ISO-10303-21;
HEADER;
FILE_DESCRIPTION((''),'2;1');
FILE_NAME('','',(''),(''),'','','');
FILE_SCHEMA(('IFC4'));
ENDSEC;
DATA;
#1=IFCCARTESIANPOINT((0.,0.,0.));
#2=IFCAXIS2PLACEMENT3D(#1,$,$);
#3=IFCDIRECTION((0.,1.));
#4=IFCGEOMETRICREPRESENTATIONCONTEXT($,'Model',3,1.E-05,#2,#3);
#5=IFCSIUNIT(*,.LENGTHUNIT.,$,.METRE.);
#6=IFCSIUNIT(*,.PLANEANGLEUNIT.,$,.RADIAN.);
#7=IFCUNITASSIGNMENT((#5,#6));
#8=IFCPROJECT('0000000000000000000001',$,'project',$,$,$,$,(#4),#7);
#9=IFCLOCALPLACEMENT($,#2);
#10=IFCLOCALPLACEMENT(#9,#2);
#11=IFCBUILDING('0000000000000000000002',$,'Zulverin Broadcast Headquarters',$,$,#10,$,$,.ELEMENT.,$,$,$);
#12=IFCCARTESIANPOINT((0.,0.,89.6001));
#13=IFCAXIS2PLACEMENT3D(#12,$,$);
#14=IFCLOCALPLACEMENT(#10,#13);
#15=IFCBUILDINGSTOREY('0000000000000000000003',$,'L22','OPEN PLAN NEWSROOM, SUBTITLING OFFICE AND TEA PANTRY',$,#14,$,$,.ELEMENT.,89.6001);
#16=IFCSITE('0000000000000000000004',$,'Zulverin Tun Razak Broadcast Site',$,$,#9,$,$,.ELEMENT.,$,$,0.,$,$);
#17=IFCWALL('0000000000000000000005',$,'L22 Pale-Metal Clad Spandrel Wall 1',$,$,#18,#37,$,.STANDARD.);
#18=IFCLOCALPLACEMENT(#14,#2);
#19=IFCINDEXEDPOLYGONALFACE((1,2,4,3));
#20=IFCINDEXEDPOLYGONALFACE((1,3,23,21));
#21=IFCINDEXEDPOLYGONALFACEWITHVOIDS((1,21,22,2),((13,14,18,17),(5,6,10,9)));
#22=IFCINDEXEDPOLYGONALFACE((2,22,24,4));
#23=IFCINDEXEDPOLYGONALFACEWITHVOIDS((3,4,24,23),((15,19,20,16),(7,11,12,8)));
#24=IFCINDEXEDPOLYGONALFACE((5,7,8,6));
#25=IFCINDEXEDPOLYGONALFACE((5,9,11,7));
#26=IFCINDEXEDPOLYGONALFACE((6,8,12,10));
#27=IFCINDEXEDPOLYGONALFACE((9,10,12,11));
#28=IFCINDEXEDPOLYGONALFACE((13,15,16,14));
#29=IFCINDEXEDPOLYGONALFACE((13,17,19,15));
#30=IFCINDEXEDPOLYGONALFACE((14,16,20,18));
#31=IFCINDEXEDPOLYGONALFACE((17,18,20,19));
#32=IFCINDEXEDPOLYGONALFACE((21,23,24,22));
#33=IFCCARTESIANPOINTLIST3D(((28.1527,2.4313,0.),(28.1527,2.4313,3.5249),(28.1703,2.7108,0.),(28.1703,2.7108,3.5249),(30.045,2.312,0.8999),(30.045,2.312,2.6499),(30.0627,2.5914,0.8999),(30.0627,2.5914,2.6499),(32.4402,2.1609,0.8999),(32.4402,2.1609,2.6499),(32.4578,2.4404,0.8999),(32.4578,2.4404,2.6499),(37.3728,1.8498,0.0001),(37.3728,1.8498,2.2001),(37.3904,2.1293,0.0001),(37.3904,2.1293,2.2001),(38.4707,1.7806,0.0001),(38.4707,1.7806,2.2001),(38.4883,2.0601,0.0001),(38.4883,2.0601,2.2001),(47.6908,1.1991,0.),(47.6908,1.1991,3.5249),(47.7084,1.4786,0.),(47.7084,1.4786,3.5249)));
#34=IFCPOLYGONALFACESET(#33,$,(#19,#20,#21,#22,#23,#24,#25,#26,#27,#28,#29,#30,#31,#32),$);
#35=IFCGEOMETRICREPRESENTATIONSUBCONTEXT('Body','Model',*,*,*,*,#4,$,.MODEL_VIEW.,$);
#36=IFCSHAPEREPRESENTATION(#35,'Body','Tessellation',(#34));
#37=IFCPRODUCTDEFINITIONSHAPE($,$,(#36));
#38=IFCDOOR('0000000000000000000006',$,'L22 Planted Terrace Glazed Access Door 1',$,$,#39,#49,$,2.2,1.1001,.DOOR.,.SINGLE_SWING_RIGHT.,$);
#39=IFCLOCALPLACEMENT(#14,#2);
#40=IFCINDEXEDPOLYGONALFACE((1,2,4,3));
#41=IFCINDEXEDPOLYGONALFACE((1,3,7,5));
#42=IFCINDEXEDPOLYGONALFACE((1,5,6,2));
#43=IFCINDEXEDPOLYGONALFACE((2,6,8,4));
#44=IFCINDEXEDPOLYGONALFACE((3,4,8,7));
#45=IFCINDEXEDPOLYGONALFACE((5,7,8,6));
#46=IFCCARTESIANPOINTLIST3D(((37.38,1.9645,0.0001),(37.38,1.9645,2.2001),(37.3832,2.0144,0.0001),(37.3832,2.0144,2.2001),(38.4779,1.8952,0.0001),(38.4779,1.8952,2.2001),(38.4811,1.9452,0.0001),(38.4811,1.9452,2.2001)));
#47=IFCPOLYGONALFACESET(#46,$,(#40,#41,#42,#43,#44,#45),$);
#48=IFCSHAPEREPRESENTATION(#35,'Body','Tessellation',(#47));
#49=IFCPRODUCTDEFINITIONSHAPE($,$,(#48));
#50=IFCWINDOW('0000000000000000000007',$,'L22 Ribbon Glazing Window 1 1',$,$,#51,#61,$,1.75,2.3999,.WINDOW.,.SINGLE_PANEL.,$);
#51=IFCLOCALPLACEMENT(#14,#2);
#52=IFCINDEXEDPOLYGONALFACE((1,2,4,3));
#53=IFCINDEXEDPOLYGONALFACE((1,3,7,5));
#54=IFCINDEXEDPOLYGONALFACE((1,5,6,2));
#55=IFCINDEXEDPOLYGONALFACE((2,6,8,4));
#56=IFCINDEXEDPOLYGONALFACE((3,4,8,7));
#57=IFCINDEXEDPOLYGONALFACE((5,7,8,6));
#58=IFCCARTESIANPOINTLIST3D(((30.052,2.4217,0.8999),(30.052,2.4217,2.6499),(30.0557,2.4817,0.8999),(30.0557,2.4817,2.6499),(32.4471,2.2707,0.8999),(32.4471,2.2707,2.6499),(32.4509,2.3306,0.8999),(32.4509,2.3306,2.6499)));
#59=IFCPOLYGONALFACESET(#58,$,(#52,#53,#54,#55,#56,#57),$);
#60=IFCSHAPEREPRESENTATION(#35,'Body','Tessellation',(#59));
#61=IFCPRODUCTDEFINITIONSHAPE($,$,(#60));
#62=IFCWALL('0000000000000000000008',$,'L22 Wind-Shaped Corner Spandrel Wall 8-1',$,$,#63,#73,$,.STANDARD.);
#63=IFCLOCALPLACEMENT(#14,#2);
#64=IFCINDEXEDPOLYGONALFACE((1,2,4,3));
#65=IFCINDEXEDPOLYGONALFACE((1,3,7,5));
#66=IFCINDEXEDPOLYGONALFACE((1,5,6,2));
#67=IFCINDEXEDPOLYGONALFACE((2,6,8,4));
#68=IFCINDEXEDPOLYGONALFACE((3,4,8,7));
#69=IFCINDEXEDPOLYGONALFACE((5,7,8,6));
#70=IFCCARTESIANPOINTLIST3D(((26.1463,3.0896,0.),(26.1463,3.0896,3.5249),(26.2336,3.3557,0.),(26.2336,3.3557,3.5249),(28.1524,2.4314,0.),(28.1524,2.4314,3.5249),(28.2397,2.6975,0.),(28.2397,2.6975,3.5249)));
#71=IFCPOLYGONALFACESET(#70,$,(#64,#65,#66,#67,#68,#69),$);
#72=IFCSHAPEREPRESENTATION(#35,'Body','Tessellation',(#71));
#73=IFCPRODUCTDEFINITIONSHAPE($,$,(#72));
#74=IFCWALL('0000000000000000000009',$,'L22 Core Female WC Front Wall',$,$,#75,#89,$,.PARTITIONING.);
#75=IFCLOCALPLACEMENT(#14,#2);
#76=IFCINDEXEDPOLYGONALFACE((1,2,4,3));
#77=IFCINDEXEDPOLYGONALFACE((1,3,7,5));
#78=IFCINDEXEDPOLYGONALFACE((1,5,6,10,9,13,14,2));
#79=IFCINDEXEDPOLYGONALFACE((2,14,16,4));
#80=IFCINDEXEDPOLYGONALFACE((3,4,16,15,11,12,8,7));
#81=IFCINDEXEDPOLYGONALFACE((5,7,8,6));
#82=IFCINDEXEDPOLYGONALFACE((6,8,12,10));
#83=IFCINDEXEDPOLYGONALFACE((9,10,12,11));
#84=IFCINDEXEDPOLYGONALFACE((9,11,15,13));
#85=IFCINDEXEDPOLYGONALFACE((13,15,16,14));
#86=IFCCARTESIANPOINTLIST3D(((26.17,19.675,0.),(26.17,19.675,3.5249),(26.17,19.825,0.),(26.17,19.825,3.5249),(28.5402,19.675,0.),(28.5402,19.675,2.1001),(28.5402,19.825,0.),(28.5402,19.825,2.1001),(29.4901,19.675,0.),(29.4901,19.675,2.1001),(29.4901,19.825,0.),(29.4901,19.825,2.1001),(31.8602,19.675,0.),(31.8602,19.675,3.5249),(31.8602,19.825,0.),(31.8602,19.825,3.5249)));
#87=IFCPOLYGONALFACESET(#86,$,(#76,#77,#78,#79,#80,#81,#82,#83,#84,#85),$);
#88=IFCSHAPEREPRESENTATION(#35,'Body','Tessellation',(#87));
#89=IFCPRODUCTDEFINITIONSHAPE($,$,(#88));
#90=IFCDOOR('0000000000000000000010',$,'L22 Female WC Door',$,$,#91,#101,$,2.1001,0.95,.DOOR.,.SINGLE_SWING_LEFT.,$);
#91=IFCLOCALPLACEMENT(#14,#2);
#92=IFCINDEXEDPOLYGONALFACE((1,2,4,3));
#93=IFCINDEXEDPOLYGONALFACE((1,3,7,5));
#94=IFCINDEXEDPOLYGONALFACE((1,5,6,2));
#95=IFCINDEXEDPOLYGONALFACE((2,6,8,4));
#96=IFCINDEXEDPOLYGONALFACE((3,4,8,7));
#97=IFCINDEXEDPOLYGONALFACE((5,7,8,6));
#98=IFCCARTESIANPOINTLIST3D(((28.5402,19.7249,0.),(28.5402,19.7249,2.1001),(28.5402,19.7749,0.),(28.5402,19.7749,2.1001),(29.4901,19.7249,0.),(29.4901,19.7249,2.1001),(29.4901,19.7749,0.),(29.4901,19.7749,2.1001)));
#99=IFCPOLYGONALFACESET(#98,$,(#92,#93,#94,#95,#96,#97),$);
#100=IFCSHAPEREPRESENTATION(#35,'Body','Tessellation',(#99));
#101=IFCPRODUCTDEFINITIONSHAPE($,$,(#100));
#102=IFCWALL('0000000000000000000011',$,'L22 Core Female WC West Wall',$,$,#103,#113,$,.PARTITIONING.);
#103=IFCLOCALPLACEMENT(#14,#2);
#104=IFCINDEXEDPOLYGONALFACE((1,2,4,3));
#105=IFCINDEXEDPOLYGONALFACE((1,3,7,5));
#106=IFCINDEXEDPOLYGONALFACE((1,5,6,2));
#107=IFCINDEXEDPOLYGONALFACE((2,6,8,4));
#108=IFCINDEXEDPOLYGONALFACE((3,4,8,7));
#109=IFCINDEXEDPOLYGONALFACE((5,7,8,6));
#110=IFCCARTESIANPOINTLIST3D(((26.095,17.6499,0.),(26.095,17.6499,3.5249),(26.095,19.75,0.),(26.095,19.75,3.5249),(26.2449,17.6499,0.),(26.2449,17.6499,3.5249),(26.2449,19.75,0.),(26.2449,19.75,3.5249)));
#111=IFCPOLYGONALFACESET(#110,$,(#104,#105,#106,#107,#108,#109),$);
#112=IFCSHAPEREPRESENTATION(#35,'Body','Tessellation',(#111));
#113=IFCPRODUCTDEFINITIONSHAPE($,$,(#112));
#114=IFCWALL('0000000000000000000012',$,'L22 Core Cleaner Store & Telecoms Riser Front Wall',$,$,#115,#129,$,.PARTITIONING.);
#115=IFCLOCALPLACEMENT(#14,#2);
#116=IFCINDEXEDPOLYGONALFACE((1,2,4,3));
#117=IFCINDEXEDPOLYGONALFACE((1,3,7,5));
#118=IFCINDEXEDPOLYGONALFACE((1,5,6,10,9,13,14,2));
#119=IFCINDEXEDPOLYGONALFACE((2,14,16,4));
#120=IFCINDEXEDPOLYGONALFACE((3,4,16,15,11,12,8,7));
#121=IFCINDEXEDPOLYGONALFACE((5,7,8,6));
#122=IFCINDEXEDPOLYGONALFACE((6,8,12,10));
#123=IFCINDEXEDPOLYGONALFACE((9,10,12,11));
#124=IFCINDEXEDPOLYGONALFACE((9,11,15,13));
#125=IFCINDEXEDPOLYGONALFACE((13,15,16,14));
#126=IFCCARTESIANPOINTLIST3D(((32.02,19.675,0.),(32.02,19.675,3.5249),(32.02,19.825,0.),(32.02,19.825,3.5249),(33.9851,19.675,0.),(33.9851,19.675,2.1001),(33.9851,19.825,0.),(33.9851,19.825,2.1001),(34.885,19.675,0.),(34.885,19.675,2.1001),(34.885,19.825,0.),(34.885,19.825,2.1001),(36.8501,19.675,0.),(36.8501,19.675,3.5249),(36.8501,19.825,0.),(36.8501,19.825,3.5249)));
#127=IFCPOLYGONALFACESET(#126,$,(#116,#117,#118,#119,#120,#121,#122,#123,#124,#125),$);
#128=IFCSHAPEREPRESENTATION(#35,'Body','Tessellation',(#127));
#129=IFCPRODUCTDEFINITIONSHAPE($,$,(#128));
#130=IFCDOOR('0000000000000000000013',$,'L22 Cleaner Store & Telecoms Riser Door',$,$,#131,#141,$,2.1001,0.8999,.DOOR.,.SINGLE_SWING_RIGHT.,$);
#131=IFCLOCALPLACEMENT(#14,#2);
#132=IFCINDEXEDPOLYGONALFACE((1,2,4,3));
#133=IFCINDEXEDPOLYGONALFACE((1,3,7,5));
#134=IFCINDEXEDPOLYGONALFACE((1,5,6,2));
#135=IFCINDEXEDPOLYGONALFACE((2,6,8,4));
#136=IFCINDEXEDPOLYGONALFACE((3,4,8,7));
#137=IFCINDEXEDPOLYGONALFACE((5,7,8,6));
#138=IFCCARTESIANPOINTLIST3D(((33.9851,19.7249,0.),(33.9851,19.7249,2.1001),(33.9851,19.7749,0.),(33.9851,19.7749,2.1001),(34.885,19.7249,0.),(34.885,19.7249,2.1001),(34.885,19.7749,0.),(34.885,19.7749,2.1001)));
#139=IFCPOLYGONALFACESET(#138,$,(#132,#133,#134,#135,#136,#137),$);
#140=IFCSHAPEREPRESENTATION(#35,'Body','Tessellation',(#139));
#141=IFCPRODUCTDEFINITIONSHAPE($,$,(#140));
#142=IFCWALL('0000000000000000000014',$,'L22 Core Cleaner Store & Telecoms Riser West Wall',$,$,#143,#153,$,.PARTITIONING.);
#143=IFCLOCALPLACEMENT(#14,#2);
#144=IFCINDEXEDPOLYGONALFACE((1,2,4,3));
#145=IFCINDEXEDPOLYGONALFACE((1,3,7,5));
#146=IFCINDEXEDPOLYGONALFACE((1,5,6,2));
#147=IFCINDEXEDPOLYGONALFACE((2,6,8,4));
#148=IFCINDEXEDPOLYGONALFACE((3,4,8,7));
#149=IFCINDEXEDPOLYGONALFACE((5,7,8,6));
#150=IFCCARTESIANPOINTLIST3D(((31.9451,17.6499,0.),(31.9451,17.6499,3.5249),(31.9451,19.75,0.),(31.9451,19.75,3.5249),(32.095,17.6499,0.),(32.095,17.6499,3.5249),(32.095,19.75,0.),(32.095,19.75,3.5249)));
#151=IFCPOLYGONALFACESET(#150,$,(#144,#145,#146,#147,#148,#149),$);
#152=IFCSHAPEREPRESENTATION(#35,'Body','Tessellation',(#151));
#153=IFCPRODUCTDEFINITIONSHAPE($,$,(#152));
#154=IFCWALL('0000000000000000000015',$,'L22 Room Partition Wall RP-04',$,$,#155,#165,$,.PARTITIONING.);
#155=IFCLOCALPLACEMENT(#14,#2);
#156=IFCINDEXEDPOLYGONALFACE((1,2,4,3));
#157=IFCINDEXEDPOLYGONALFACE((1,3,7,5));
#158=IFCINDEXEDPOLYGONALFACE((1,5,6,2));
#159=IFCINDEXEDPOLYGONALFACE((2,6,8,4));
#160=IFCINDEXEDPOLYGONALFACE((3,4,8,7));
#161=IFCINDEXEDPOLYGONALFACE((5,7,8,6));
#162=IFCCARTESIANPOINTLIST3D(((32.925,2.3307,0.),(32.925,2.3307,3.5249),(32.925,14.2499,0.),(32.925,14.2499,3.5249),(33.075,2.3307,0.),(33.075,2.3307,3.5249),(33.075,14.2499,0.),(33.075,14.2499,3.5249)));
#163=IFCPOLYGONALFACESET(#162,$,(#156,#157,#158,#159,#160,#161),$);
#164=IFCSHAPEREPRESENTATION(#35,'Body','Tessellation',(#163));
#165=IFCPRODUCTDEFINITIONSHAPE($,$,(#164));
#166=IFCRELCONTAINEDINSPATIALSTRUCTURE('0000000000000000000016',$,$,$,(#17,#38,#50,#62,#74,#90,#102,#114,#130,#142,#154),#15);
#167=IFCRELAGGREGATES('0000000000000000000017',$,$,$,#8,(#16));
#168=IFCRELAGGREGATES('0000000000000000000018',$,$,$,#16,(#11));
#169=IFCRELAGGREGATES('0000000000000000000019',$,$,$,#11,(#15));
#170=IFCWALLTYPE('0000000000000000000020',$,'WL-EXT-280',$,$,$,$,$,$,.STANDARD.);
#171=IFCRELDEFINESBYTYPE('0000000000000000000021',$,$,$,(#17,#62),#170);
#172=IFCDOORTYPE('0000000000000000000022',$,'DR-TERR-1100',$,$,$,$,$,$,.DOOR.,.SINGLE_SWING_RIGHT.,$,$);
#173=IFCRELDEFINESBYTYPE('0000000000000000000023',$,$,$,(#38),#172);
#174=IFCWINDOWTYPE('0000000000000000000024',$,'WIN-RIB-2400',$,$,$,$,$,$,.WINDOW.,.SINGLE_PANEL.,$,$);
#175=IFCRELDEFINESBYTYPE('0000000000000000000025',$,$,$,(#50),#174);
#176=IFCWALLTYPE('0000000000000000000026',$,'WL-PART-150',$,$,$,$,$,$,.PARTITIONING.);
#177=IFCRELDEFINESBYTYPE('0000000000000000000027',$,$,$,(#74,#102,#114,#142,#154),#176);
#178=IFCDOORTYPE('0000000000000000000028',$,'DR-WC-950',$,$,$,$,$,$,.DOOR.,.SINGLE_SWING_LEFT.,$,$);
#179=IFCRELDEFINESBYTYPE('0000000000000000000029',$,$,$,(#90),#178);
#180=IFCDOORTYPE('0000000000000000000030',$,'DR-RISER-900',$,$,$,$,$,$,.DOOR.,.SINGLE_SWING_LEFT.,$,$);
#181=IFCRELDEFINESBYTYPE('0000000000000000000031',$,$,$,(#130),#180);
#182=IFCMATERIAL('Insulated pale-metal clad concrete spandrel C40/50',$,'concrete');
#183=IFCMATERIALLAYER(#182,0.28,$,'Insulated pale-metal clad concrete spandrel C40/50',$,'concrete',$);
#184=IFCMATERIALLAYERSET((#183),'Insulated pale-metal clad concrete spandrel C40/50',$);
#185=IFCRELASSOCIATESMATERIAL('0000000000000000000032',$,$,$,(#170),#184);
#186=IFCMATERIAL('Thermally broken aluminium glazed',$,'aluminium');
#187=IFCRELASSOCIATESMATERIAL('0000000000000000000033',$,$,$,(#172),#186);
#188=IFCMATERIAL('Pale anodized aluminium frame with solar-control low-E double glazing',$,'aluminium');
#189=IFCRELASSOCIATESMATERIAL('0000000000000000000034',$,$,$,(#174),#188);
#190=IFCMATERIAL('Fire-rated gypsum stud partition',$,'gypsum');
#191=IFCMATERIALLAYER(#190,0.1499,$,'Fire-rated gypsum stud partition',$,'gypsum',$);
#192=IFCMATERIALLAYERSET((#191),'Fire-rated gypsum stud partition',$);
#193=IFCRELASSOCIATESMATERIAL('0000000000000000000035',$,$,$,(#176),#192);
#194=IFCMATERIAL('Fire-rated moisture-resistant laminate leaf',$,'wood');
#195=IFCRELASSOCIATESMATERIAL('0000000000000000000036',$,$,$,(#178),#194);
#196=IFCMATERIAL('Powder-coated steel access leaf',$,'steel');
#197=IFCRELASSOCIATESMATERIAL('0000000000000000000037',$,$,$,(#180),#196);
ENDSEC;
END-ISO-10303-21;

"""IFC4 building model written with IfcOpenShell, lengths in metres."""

from ifc_helpers import new_model, si_unit, direction, frame, frame_2d, origin, place, context, subcontext, project, spatial, rectangle, extrude, material, layer, layer_set, type_object, element, fill, save


model = new_model("IFC4")

# Units and contexts
model_context = context("Model", 3, precision=1e-05, world=origin(), true_north=direction((0.0, 1.0)))
body_context = subcontext(model_context, "Body", "Model", "MODEL_VIEW")
ifc_project = project(units=[si_unit("LENGTHUNIT", "METRE"), si_unit("PLANEANGLEUNIT", "RADIAN")], contexts=[model_context])

# Site, building, storey
site_placement = place(None, origin())
site = spatial("IfcSite", under=ifc_project, at=site_placement, Name="Zulverin Tun Razak Broadcast Site", CompositionType="ELEMENT", RefElevation=0.0)
building_placement = place(site_placement, origin())
building = spatial("IfcBuilding", under=site, at=building_placement, Name="Zulverin Broadcast Headquarters", CompositionType="ELEMENT")
storey_placement = place(building_placement, frame((0.0, 0.0, 89.6001)))
storey = spatial("IfcBuildingStorey", under=building, at=storey_placement, Name="L22", Description="OPEN PLAN NEWSROOM, SUBTITLING OFFICE AND TEA PANTRY", CompositionType="ELEMENT", Elevation=89.6001)

# Wall, openings, door, window
ifc_material_1 = material(Name="Insulated pale-metal clad concrete spandrel C40/50", Category="concrete")
ifc_layer_1 = layer(ifc_material_1, 0.28, Name="Insulated pale-metal clad concrete spandrel C40/50", Category="concrete")
ifc_layer_set_1 = layer_set([ifc_layer_1], Name="Insulated pale-metal clad concrete spandrel C40/50")
wall_type_1 = type_object("IfcWallType", Name="WL-EXT-280", PredefinedType="STANDARD", material=ifc_layer_set_1)
wall_1_placement = place(storey_placement, frame((28.1614, 2.571, 0.0), z_axis=(0.0, 0.0, 1.0), x_axis=(0.998017, -0.06294, 0.0)))
wall_1 = element("IfcWall", 1, at=wall_1_placement, inside=storey, type_object=wall_type_1, Name="L22 Pale-Metal Clad Spandrel Wall 1", PredefinedType="STANDARD", context=body_context, shape_type="SweptSolid", body=[
    extrude(rectangle(XDim=19.5769, YDim=0.28, at=frame_2d((9.7886, 0.0))), origin(), (0.0, 0.0, 1.0), 3.5249),
])
opening_1_placement = place(wall_1_placement, frame((9.2385, 0.0, 0.0)))
opening_1 = element("IfcOpeningElement", 2, at=opening_1_placement, cuts=wall_1, PredefinedType="OPENING", context=body_context, shape_type="SweptSolid", body=[
    extrude(rectangle(XDim=1.1001, YDim=2.2, at=frame_2d((0.55, 1.1001))), frame((0.0, 0.1499, 0.0), z_axis=(0.0, -1.0, 0.0), x_axis=(1.0, 0.0, 0.0)), (0.0, 0.0, 1.0), 0.3),
])
opening_2_placement = place(wall_1_placement, frame((1.8962, 0.0, 0.8999)))
opening_2 = element("IfcOpeningElement", 3, at=opening_2_placement, cuts=wall_1, PredefinedType="OPENING", context=body_context, shape_type="SweptSolid", body=[
    extrude(rectangle(XDim=2.3999, YDim=1.75, at=frame_2d((1.2, 0.875))), frame((0.0, 0.1499, 0.0), z_axis=(0.0, -1.0, 0.0), x_axis=(1.0, 0.0, 0.0)), (0.0, 0.0, 1.0), 0.3),
])
ifc_material_2 = material(Name="Thermally broken aluminium glazed", Category="aluminium")
door_type_1 = type_object("IfcDoorType", Name="DR-TERR-1100", OperationType="SINGLE_SWING_RIGHT", PredefinedType="DOOR", material=ifc_material_2)
door_1_placement = place(opening_1_placement, origin())
door_1 = element("IfcDoor", 4, at=door_1_placement, inside=storey, type_object=door_type_1, Name="L22 Planted Terrace Glazed Access Door 1", OperationType="SINGLE_SWING_RIGHT", OverallHeight=2.2, OverallWidth=1.1001, PredefinedType="DOOR", context=body_context, shape_type="SweptSolid", body=[
    extrude(rectangle(XDim=1.1001, YDim=2.2, at=frame_2d((0.55, 1.1001))), frame((0.0, 0.0249, 0.0), z_axis=(0.0, -1.0, 0.0), x_axis=(1.0, 0.0, 0.0)), (0.0, 0.0, 1.0), 0.05),
])
fill(opening_1, door_1)
ifc_material_3 = material(Name="Pale anodized aluminium frame with solar-control low-E double glazing", Category="aluminium")
window_type = type_object("IfcWindowType", Name="WIN-RIB-2400", PartitioningType="SINGLE_PANEL", PredefinedType="WINDOW", material=ifc_material_3)
window_placement = place(opening_2_placement, origin())
window = element("IfcWindow", 5, at=window_placement, inside=storey, type_object=window_type, Name="L22 Ribbon Glazing Window 1 1", OverallHeight=1.75, OverallWidth=2.3999, PartitioningType="SINGLE_PANEL", PredefinedType="WINDOW", context=body_context, shape_type="SweptSolid", body=[
    extrude(rectangle(XDim=2.3999, YDim=1.75, at=frame_2d((1.2, 0.875))), frame((0.0, 0.03, 0.0), z_axis=(0.0, -1.0, 0.0), x_axis=(1.0, 0.0, 0.0)), (0.0, 0.0, 1.0), 0.0601),
])
fill(opening_2, window)

# Wall
wall_2_placement = place(storey_placement, frame((26.1899, 3.2227, 0.0), z_axis=(0.0, 0.0, 1.0), x_axis=(0.950164, -0.311749, 0.0)))
element("IfcWall", 6, at=wall_2_placement, inside=storey, type_object=wall_type_1, Name="L22 Wind-Shaped Corner Spandrel Wall 8-1", PredefinedType="STANDARD", context=body_context, shape_type="SweptSolid", body=[
    extrude(rectangle(XDim=2.1113, YDim=0.28, at=frame_2d((1.0557, 0.0))), origin(), (0.0, 0.0, 1.0), 3.5249),
])

# Wall, opening, door
ifc_material_4 = material(Name="Fire-rated gypsum stud partition", Category="gypsum")
ifc_layer_2 = layer(ifc_material_4, 0.1499, Name="Fire-rated gypsum stud partition", Category="gypsum")
ifc_layer_set_2 = layer_set([ifc_layer_2], Name="Fire-rated gypsum stud partition")
wall_type_2 = type_object("IfcWallType", Name="WL-PART-150", PredefinedType="PARTITIONING", material=ifc_layer_set_2)
wall_3_placement = place(storey_placement, frame((26.1699, 19.75, 0.0), z_axis=(0.0, 0.0, 1.0), x_axis=(1.0, 0.0, 0.0)))
wall_3 = element("IfcWall", 7, at=wall_3_placement, inside=storey, type_object=wall_type_2, Name="L22 Core Female WC Front Wall", PredefinedType="PARTITIONING", context=body_context, shape_type="SweptSolid", body=[
    extrude(rectangle(XDim=5.6902, YDim=0.1499, at=frame_2d((2.8452, 0.0))), origin(), (0.0, 0.0, 1.0), 3.5249),
])
opening_3_placement = place(wall_3_placement, frame((2.3701, 0.0, 0.0)))
opening_3 = element("IfcOpeningElement", 8, at=opening_3_placement, cuts=wall_3, PredefinedType="OPENING", context=body_context, shape_type="SweptSolid", body=[
    extrude(rectangle(XDim=0.95, YDim=2.1001, at=frame_2d((0.4751, 1.05))), frame((0.0, 0.085, 0.0), z_axis=(0.0, -1.0, 0.0), x_axis=(1.0, 0.0, 0.0)), (0.0, 0.0, 1.0), 0.1699),
])
ifc_material_5 = material(Name="Fire-rated moisture-resistant laminate leaf", Category="wood")
door_type_2 = type_object("IfcDoorType", Name="DR-WC-950", OperationType="SINGLE_SWING_LEFT", PredefinedType="DOOR", material=ifc_material_5)
door_2_placement = place(opening_3_placement, origin())
door_2 = element("IfcDoor", 9, at=door_2_placement, inside=storey, type_object=door_type_2, Name="L22 Female WC Door", OperationType="SINGLE_SWING_LEFT", OverallHeight=2.1001, OverallWidth=0.95, PredefinedType="DOOR", context=body_context, shape_type="SweptSolid", body=[
    extrude(rectangle(XDim=0.95, YDim=2.1001, at=frame_2d((0.4751, 1.05))), frame((0.0, 0.0249, 0.0), z_axis=(0.0, -1.0, 0.0), x_axis=(1.0, 0.0, 0.0)), (0.0, 0.0, 1.0), 0.05),
])
fill(opening_3, door_2)

# Wall
wall_4_placement = place(storey_placement, frame((26.1699, 17.6499, 0.0), z_axis=(0.0, 0.0, 1.0), x_axis=(0.0, 1.0, 0.0)))
element("IfcWall", 10, at=wall_4_placement, inside=storey, type_object=wall_type_2, Name="L22 Core Female WC West Wall", PredefinedType="PARTITIONING", context=body_context, shape_type="SweptSolid", body=[
    extrude(rectangle(XDim=2.1001, YDim=0.1499, at=frame_2d((1.05, 0.0))), origin(), (0.0, 0.0, 1.0), 3.5249),
])

# Wall, opening, door
wall_5_placement = place(storey_placement, frame((32.02, 19.75, 0.0), z_axis=(0.0, 0.0, 1.0), x_axis=(1.0, 0.0, 0.0)))
wall_5 = element("IfcWall", 11, at=wall_5_placement, inside=storey, type_object=wall_type_2, Name="L22 Core Cleaner Store & Telecoms Riser Front Wall", PredefinedType="PARTITIONING", context=body_context, shape_type="SweptSolid", body=[
    extrude(rectangle(XDim=4.8301, YDim=0.1499, at=frame_2d((2.415, 0.0))), origin(), (0.0, 0.0, 1.0), 3.5249),
])
opening_4_placement = place(wall_5_placement, frame((1.9651, 0.0, 0.0)))
opening_4 = element("IfcOpeningElement", 12, at=opening_4_placement, cuts=wall_5, PredefinedType="OPENING", context=body_context, shape_type="SweptSolid", body=[
    extrude(rectangle(XDim=0.8999, YDim=2.1001, at=frame_2d((0.45, 1.05))), frame((0.0, 0.085, 0.0), z_axis=(0.0, -1.0, 0.0), x_axis=(1.0, 0.0, 0.0)), (0.0, 0.0, 1.0), 0.1699),
])
ifc_material_6 = material(Name="Powder-coated steel access leaf", Category="steel")
door_type_3 = type_object("IfcDoorType", Name="DR-RISER-900", OperationType="SINGLE_SWING_LEFT", PredefinedType="DOOR", material=ifc_material_6)
door_3_placement = place(opening_4_placement, origin())
door_3 = element("IfcDoor", 13, at=door_3_placement, inside=storey, type_object=door_type_3, Name="L22 Cleaner Store & Telecoms Riser Door", OperationType="SINGLE_SWING_RIGHT", OverallHeight=2.1001, OverallWidth=0.8999, PredefinedType="DOOR", context=body_context, shape_type="SweptSolid", body=[
    extrude(rectangle(XDim=0.8999, YDim=2.1001, at=frame_2d((0.45, 1.05))), frame((0.0, 0.0249, 0.0), z_axis=(0.0, -1.0, 0.0), x_axis=(1.0, 0.0, 0.0)), (0.0, 0.0, 1.0), 0.05),
])
fill(opening_4, door_3)

# Walls
wall_6_placement = place(storey_placement, frame((32.02, 17.6499, 0.0), z_axis=(0.0, 0.0, 1.0), x_axis=(0.0, 1.0, 0.0)))
element("IfcWall", 14, at=wall_6_placement, inside=storey, type_object=wall_type_2, Name="L22 Core Cleaner Store & Telecoms Riser West Wall", PredefinedType="PARTITIONING", context=body_context, shape_type="SweptSolid", body=[
    extrude(rectangle(XDim=2.1001, YDim=0.1499, at=frame_2d((1.05, 0.0))), origin(), (0.0, 0.0, 1.0), 3.5249),
])
wall_7_placement = place(storey_placement, frame((33.0, 2.3308, 0.0), z_axis=(0.0, 0.0, 1.0), x_axis=(0.0, 1.0, 0.0)))
element("IfcWall", 15, at=wall_7_placement, inside=storey, type_object=wall_type_2, Name="L22 Room Partition Wall RP-04", PredefinedType="PARTITIONING", context=body_context, shape_type="SweptSolid", body=[
    extrude(rectangle(XDim=11.9192, YDim=0.1499, at=frame_2d((5.9595, 0.0))), origin(), (0.0, 0.0, 1.0), 3.5249),
])

save(model, "model.ifc")
